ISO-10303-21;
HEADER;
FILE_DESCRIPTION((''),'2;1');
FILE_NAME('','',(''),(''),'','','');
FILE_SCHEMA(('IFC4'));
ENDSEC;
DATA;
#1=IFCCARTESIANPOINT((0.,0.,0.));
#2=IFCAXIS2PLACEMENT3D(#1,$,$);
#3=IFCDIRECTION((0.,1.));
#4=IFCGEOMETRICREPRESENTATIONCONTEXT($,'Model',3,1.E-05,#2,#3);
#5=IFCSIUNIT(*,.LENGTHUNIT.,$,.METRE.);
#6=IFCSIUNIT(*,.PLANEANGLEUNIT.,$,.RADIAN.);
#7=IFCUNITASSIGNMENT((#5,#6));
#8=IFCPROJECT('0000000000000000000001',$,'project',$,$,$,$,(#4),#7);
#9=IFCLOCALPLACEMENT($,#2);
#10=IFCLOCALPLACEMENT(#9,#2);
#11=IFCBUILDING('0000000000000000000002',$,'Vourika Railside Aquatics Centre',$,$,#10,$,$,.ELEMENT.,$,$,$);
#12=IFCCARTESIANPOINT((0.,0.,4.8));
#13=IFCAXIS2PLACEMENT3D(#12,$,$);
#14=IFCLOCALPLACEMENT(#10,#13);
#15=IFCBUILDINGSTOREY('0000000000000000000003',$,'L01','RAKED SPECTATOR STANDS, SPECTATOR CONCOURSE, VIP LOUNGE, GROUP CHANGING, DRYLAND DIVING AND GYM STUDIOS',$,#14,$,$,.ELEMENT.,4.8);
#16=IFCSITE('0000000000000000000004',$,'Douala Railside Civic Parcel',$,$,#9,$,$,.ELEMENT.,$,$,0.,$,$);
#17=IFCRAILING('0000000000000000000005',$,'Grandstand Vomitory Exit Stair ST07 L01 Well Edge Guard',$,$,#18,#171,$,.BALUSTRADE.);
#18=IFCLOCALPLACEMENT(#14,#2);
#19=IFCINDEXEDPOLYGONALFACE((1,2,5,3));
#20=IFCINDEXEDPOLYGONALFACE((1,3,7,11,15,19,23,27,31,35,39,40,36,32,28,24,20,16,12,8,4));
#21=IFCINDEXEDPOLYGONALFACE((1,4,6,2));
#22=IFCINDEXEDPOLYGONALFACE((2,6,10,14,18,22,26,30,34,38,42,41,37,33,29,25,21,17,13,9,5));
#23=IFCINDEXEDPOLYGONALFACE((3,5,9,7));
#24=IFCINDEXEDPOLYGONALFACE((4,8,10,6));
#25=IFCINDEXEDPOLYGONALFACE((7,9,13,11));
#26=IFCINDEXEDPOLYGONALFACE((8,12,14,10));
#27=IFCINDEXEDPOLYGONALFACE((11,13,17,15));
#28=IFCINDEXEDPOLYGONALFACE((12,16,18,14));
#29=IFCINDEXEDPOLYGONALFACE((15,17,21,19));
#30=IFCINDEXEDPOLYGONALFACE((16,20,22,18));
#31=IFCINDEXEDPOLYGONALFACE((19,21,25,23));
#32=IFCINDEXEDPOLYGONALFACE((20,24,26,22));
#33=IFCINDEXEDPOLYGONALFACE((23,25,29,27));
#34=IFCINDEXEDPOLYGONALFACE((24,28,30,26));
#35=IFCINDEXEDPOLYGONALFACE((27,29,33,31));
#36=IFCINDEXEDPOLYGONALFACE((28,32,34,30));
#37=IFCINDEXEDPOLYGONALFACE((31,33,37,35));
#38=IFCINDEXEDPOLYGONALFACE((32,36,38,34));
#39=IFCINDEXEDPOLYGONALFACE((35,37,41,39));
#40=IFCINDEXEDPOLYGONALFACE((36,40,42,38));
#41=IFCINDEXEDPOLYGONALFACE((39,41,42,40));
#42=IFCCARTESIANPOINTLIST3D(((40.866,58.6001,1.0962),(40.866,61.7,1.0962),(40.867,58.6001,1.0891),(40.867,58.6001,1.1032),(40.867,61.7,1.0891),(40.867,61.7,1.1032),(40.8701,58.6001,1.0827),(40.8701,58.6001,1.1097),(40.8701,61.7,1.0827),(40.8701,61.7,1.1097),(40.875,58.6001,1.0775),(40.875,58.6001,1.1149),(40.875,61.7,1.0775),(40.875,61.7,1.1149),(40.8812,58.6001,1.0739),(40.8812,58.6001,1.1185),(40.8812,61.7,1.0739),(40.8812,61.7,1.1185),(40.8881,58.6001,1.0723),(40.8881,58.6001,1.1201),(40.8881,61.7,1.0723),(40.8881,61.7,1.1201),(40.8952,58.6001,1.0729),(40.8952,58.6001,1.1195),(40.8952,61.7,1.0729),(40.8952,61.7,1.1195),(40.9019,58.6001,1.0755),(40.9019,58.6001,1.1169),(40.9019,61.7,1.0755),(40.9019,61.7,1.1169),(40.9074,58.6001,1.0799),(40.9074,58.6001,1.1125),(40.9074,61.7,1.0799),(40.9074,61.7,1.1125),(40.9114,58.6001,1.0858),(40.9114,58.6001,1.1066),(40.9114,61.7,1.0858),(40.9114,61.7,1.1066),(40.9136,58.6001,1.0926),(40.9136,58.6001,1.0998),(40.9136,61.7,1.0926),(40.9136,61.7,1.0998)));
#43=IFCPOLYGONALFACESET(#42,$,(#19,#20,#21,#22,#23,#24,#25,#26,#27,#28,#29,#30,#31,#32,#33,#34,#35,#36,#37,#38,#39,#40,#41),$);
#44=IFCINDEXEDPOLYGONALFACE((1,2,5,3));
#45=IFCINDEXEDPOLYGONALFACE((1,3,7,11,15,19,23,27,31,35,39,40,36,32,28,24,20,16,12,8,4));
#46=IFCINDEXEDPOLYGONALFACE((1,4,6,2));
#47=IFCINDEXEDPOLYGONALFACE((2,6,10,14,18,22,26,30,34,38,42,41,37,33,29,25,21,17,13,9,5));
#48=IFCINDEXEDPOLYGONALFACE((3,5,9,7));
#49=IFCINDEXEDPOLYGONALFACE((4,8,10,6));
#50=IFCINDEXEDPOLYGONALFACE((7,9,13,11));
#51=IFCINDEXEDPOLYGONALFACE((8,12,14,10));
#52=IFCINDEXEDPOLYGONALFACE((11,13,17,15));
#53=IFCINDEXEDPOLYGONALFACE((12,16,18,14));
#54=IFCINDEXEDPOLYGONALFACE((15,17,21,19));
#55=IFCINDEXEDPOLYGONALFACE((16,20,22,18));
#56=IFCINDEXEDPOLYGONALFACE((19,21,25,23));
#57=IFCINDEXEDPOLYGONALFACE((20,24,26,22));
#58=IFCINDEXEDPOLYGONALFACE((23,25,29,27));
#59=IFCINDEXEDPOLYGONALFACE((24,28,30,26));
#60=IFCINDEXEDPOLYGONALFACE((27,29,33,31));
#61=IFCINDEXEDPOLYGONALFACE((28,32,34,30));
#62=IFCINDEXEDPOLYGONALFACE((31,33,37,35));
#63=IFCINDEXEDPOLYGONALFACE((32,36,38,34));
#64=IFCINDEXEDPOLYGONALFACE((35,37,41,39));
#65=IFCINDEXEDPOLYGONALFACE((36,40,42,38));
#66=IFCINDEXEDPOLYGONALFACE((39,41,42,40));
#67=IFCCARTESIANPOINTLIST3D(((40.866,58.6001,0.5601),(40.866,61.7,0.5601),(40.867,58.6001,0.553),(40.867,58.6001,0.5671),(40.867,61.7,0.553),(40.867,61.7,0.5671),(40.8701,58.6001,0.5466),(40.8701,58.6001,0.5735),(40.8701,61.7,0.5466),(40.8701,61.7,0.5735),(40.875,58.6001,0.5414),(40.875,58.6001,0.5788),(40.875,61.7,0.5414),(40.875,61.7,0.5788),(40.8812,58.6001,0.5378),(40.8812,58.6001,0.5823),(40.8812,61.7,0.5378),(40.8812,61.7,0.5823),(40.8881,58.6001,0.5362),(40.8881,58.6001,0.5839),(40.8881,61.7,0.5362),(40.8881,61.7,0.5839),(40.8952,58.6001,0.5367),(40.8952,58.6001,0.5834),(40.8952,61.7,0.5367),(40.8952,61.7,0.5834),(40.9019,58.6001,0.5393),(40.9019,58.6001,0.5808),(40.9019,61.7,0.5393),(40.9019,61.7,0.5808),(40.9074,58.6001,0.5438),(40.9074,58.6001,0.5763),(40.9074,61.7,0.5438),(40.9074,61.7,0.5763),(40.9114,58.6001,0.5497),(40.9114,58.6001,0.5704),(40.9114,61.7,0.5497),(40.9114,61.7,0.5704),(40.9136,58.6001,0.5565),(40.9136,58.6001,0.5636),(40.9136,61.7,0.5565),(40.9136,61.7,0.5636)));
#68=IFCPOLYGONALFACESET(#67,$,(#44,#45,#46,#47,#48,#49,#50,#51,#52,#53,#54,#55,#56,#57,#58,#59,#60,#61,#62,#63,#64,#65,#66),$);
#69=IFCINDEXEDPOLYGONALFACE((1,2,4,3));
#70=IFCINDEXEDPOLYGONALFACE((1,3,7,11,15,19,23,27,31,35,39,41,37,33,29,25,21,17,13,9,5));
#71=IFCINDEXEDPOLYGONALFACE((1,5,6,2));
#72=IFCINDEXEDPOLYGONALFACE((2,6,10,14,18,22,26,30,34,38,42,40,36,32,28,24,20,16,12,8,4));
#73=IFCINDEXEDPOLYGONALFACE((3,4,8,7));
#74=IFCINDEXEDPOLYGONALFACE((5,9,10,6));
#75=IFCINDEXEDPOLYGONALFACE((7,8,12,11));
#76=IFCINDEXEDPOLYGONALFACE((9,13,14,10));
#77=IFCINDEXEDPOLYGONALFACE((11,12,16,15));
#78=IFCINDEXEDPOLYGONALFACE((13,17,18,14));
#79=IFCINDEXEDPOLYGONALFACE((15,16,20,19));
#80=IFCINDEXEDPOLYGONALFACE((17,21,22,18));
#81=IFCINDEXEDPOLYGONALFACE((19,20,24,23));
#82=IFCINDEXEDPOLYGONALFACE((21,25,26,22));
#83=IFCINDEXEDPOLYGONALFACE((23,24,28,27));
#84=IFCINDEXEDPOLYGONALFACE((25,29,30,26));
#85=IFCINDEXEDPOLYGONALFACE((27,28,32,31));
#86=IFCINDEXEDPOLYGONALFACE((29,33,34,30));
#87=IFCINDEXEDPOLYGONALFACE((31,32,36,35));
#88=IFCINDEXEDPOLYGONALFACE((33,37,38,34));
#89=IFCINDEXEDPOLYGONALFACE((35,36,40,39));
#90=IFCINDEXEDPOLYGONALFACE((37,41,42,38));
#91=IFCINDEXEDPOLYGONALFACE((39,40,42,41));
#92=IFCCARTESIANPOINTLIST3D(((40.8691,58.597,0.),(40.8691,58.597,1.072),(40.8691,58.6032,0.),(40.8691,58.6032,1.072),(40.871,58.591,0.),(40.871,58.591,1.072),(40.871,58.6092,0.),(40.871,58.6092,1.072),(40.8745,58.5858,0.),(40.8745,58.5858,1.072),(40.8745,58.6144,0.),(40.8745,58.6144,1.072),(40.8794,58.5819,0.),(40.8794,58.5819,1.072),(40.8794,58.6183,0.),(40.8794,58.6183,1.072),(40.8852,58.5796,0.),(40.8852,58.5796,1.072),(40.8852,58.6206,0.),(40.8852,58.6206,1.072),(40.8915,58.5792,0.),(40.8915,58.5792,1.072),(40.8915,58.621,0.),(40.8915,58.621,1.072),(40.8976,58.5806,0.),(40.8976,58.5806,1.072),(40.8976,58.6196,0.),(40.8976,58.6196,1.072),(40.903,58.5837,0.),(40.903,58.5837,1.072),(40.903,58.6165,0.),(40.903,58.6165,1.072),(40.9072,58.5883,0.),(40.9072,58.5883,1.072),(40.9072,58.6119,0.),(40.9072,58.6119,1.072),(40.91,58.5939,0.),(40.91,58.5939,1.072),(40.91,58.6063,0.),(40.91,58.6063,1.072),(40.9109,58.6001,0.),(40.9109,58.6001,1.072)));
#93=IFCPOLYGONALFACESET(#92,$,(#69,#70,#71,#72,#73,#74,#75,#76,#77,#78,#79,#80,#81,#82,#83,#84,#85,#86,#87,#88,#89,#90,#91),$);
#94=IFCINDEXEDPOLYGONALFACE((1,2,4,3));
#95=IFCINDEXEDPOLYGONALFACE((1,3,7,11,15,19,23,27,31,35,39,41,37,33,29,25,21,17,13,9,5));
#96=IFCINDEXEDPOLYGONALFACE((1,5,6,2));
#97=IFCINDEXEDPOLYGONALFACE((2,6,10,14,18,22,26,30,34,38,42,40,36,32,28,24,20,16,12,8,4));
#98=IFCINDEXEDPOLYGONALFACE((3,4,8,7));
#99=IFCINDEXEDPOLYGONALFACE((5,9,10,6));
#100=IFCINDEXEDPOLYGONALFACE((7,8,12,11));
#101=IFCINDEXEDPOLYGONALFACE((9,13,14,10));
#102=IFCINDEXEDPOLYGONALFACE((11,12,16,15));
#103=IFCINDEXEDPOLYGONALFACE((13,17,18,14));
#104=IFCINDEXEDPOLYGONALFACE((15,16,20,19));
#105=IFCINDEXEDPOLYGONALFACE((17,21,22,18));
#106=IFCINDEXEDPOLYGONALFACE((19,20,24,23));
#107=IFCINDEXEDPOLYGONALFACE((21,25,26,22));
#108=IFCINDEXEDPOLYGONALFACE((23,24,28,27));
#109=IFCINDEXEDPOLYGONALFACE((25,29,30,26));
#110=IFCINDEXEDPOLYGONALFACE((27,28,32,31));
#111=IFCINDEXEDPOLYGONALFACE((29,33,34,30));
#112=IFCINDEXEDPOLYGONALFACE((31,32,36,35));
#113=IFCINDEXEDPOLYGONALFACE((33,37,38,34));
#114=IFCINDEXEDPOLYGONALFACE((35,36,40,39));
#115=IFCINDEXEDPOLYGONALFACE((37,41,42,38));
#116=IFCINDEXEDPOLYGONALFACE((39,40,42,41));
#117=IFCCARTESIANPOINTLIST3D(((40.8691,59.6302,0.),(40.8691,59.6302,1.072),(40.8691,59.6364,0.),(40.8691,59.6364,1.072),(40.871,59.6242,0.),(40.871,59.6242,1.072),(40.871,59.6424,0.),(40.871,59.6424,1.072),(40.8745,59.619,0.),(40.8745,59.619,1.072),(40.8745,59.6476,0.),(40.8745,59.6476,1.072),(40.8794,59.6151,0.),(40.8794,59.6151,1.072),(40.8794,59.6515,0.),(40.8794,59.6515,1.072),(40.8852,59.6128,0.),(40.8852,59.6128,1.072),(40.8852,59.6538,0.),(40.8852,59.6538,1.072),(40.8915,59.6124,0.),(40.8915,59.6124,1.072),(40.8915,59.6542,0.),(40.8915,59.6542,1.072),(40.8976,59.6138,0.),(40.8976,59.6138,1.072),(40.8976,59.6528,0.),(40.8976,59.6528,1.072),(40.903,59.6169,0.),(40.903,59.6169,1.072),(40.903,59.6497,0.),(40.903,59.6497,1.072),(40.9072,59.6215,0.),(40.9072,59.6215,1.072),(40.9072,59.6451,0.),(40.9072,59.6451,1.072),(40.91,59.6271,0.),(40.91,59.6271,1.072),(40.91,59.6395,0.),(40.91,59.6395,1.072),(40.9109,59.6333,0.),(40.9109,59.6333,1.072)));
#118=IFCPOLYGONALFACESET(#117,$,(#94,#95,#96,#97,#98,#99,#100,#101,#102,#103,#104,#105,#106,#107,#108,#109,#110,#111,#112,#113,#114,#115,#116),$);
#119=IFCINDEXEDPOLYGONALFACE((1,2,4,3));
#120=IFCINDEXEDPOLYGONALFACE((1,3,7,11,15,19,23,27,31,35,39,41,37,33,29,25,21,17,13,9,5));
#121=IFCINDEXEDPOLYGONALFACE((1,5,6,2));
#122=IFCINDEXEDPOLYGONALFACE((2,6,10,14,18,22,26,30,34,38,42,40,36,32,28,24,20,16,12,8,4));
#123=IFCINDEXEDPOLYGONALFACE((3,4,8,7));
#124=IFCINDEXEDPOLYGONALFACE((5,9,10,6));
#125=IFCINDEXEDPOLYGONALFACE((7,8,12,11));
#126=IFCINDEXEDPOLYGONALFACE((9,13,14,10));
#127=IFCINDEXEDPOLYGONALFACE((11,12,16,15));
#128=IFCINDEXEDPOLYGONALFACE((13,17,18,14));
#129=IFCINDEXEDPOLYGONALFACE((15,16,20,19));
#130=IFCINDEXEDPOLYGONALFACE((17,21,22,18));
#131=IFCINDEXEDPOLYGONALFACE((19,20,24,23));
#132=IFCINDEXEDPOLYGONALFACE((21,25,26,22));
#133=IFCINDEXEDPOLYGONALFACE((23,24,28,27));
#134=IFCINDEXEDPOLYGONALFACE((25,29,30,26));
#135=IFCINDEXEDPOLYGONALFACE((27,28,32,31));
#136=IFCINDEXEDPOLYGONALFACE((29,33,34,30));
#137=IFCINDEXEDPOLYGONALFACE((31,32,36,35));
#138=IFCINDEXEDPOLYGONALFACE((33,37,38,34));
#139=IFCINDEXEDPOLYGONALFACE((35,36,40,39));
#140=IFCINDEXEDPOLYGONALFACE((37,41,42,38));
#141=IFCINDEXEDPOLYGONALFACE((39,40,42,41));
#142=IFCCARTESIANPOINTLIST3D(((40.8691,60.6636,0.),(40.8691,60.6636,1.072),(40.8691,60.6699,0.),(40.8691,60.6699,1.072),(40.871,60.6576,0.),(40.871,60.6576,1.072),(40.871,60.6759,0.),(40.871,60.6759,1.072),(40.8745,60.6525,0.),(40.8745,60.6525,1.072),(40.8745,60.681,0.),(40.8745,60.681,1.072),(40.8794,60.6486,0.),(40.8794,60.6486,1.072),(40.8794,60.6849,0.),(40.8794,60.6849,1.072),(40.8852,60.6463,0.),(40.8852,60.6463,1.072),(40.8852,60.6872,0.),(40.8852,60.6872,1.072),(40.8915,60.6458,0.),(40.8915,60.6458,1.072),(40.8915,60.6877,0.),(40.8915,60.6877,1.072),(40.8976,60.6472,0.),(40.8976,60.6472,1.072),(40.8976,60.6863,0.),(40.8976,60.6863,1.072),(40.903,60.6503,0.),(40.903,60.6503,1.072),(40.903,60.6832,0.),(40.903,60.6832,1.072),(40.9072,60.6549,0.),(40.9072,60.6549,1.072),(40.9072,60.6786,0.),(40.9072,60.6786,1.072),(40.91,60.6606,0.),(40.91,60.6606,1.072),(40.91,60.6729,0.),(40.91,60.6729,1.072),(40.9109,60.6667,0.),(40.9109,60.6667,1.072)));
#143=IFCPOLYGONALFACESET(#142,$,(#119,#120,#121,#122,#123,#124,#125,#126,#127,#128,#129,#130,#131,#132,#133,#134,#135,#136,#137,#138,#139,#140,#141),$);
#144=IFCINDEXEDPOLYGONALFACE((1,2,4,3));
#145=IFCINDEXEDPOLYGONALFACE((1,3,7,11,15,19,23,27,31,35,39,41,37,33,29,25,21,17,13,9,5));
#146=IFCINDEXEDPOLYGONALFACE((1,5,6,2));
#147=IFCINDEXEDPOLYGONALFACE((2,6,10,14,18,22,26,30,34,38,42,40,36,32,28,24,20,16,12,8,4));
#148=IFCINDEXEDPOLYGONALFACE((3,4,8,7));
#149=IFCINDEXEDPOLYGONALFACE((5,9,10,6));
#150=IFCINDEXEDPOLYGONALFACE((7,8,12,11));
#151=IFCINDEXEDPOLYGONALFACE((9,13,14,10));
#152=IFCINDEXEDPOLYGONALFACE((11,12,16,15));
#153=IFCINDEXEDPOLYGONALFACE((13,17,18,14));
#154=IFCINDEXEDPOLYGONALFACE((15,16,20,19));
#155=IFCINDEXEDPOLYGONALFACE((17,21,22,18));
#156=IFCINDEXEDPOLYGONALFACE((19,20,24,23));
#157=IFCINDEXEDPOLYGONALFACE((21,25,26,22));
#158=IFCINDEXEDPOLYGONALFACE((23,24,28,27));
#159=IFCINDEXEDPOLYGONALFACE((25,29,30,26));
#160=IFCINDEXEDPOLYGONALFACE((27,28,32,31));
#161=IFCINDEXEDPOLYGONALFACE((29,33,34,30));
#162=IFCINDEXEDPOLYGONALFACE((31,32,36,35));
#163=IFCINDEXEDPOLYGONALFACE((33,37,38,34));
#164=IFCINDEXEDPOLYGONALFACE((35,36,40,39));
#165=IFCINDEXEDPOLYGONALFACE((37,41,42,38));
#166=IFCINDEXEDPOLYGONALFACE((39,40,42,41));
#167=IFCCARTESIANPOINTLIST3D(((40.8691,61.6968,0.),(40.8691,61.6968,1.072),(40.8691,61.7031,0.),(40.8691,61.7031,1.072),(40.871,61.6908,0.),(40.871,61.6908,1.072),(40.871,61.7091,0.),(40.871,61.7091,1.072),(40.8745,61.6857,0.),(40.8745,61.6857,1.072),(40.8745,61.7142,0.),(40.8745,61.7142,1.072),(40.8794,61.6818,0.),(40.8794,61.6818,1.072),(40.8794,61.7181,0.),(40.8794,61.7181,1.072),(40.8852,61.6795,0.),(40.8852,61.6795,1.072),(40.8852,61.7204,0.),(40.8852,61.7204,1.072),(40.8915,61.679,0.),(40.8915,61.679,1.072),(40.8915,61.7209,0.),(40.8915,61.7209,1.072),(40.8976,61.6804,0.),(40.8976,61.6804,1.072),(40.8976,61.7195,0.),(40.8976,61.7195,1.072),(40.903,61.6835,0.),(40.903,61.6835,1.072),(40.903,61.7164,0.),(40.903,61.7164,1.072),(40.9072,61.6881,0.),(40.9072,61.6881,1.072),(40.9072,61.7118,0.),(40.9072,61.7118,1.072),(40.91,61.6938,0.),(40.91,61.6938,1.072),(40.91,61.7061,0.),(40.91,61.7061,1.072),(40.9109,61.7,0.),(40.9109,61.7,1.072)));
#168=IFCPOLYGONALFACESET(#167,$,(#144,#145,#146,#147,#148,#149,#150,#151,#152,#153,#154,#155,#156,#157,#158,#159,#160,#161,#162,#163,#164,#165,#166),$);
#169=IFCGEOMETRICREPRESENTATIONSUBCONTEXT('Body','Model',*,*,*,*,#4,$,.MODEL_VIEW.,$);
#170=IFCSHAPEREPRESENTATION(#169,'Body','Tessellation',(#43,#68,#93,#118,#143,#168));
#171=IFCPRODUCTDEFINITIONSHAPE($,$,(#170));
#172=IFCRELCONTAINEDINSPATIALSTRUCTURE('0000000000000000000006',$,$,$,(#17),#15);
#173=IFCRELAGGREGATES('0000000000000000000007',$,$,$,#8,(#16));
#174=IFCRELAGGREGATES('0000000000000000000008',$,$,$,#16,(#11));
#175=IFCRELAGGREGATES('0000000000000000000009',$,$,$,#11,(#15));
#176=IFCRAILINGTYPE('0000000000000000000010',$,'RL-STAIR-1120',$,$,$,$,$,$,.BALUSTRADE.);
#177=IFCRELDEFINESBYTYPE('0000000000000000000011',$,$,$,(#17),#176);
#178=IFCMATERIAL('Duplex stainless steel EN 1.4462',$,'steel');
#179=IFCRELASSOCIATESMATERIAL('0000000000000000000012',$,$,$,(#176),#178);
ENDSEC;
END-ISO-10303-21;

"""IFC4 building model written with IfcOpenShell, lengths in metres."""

from ifc_helpers import new_model, si_unit, direction, frame, origin, origin_2d, place, context, subcontext, project, spatial, circle, extrude, material, type_object, element, save


model = new_model("IFC4")

# Units and contexts
model_context = context("Model", 3, precision=1e-05, world=origin(), true_north=direction((0.0, 1.0)))
body_context = subcontext(model_context, "Body", "Model", "MODEL_VIEW")
ifc_project = project(units=[si_unit("LENGTHUNIT", "METRE"), si_unit("PLANEANGLEUNIT", "RADIAN")], contexts=[model_context])

# Site, building, storey
site_placement = place(None, origin())
site = spatial("IfcSite", under=ifc_project, at=site_placement, Name="Douala Railside Civic Parcel", CompositionType="ELEMENT", RefElevation=0.0)
building_placement = place(site_placement, origin())
building = spatial("IfcBuilding", under=site, at=building_placement, Name="Vourika Railside Aquatics Centre", CompositionType="ELEMENT")
storey_placement = place(building_placement, frame((0.0, 0.0, 4.8)))
storey = spatial("IfcBuildingStorey", under=building, at=storey_placement, Name="L01", Description="RAKED SPECTATOR STANDS, SPECTATOR CONCOURSE, VIP LOUNGE, GROUP CHANGING, DRYLAND DIVING AND GYM STUDIOS", CompositionType="ELEMENT", Elevation=4.8)

# Railing
ifc_material_1 = material(Name="Duplex stainless steel EN 1.4462", Category="steel")
railing_type_1 = type_object("IfcRailingType", Name="RL-STAIR-1120", PredefinedType="BALUSTRADE", material=ifc_material_1)
railing_1_placement = place(storey_placement, frame((40.8899, 58.6001, 0.0)))
element("IfcRailing", 1, at=railing_1_placement, inside=storey, type_object=railing_type_1, Name="Grandstand Vomitory Exit Stair ST07 L01 Well Edge Guard", PredefinedType="BALUSTRADE", context=body_context, shape_type="SweptSolid", body=[
    extrude(circle(Radius=0.0239, at=origin_2d()), frame((0.0, 0.0, 1.0962), z_axis=(0.0, 1.0, 0.0), x_axis=(-1.0, 0.0, 0.0)), (0.0, 0.0, 1.0), 3.0999),
    extrude(circle(Radius=0.0239, at=origin_2d()), frame((0.0, 0.0, 0.5601), z_axis=(0.0, 1.0, 0.0), x_axis=(-1.0, 0.0, 0.0)), (0.0, 0.0, 1.0), 3.0999),
    extrude(circle(Radius=0.021, at=origin_2d()), origin(), (0.0, 0.0, 1.0), 1.072),
    extrude(circle(Radius=0.021, at=origin_2d()), frame((0.0, 1.0332, 0.0)), (0.0, 0.0, 1.0), 1.072),
    extrude(circle(Radius=0.021, at=origin_2d()), frame((0.0, 2.0667, 0.0)), (0.0, 0.0, 1.0), 1.072),
    extrude(circle(Radius=0.021, at=origin_2d()), frame((0.0, 3.0999, 0.0)), (0.0, 0.0, 1.0), 1.072),
])

save(model, "model.ifc")
